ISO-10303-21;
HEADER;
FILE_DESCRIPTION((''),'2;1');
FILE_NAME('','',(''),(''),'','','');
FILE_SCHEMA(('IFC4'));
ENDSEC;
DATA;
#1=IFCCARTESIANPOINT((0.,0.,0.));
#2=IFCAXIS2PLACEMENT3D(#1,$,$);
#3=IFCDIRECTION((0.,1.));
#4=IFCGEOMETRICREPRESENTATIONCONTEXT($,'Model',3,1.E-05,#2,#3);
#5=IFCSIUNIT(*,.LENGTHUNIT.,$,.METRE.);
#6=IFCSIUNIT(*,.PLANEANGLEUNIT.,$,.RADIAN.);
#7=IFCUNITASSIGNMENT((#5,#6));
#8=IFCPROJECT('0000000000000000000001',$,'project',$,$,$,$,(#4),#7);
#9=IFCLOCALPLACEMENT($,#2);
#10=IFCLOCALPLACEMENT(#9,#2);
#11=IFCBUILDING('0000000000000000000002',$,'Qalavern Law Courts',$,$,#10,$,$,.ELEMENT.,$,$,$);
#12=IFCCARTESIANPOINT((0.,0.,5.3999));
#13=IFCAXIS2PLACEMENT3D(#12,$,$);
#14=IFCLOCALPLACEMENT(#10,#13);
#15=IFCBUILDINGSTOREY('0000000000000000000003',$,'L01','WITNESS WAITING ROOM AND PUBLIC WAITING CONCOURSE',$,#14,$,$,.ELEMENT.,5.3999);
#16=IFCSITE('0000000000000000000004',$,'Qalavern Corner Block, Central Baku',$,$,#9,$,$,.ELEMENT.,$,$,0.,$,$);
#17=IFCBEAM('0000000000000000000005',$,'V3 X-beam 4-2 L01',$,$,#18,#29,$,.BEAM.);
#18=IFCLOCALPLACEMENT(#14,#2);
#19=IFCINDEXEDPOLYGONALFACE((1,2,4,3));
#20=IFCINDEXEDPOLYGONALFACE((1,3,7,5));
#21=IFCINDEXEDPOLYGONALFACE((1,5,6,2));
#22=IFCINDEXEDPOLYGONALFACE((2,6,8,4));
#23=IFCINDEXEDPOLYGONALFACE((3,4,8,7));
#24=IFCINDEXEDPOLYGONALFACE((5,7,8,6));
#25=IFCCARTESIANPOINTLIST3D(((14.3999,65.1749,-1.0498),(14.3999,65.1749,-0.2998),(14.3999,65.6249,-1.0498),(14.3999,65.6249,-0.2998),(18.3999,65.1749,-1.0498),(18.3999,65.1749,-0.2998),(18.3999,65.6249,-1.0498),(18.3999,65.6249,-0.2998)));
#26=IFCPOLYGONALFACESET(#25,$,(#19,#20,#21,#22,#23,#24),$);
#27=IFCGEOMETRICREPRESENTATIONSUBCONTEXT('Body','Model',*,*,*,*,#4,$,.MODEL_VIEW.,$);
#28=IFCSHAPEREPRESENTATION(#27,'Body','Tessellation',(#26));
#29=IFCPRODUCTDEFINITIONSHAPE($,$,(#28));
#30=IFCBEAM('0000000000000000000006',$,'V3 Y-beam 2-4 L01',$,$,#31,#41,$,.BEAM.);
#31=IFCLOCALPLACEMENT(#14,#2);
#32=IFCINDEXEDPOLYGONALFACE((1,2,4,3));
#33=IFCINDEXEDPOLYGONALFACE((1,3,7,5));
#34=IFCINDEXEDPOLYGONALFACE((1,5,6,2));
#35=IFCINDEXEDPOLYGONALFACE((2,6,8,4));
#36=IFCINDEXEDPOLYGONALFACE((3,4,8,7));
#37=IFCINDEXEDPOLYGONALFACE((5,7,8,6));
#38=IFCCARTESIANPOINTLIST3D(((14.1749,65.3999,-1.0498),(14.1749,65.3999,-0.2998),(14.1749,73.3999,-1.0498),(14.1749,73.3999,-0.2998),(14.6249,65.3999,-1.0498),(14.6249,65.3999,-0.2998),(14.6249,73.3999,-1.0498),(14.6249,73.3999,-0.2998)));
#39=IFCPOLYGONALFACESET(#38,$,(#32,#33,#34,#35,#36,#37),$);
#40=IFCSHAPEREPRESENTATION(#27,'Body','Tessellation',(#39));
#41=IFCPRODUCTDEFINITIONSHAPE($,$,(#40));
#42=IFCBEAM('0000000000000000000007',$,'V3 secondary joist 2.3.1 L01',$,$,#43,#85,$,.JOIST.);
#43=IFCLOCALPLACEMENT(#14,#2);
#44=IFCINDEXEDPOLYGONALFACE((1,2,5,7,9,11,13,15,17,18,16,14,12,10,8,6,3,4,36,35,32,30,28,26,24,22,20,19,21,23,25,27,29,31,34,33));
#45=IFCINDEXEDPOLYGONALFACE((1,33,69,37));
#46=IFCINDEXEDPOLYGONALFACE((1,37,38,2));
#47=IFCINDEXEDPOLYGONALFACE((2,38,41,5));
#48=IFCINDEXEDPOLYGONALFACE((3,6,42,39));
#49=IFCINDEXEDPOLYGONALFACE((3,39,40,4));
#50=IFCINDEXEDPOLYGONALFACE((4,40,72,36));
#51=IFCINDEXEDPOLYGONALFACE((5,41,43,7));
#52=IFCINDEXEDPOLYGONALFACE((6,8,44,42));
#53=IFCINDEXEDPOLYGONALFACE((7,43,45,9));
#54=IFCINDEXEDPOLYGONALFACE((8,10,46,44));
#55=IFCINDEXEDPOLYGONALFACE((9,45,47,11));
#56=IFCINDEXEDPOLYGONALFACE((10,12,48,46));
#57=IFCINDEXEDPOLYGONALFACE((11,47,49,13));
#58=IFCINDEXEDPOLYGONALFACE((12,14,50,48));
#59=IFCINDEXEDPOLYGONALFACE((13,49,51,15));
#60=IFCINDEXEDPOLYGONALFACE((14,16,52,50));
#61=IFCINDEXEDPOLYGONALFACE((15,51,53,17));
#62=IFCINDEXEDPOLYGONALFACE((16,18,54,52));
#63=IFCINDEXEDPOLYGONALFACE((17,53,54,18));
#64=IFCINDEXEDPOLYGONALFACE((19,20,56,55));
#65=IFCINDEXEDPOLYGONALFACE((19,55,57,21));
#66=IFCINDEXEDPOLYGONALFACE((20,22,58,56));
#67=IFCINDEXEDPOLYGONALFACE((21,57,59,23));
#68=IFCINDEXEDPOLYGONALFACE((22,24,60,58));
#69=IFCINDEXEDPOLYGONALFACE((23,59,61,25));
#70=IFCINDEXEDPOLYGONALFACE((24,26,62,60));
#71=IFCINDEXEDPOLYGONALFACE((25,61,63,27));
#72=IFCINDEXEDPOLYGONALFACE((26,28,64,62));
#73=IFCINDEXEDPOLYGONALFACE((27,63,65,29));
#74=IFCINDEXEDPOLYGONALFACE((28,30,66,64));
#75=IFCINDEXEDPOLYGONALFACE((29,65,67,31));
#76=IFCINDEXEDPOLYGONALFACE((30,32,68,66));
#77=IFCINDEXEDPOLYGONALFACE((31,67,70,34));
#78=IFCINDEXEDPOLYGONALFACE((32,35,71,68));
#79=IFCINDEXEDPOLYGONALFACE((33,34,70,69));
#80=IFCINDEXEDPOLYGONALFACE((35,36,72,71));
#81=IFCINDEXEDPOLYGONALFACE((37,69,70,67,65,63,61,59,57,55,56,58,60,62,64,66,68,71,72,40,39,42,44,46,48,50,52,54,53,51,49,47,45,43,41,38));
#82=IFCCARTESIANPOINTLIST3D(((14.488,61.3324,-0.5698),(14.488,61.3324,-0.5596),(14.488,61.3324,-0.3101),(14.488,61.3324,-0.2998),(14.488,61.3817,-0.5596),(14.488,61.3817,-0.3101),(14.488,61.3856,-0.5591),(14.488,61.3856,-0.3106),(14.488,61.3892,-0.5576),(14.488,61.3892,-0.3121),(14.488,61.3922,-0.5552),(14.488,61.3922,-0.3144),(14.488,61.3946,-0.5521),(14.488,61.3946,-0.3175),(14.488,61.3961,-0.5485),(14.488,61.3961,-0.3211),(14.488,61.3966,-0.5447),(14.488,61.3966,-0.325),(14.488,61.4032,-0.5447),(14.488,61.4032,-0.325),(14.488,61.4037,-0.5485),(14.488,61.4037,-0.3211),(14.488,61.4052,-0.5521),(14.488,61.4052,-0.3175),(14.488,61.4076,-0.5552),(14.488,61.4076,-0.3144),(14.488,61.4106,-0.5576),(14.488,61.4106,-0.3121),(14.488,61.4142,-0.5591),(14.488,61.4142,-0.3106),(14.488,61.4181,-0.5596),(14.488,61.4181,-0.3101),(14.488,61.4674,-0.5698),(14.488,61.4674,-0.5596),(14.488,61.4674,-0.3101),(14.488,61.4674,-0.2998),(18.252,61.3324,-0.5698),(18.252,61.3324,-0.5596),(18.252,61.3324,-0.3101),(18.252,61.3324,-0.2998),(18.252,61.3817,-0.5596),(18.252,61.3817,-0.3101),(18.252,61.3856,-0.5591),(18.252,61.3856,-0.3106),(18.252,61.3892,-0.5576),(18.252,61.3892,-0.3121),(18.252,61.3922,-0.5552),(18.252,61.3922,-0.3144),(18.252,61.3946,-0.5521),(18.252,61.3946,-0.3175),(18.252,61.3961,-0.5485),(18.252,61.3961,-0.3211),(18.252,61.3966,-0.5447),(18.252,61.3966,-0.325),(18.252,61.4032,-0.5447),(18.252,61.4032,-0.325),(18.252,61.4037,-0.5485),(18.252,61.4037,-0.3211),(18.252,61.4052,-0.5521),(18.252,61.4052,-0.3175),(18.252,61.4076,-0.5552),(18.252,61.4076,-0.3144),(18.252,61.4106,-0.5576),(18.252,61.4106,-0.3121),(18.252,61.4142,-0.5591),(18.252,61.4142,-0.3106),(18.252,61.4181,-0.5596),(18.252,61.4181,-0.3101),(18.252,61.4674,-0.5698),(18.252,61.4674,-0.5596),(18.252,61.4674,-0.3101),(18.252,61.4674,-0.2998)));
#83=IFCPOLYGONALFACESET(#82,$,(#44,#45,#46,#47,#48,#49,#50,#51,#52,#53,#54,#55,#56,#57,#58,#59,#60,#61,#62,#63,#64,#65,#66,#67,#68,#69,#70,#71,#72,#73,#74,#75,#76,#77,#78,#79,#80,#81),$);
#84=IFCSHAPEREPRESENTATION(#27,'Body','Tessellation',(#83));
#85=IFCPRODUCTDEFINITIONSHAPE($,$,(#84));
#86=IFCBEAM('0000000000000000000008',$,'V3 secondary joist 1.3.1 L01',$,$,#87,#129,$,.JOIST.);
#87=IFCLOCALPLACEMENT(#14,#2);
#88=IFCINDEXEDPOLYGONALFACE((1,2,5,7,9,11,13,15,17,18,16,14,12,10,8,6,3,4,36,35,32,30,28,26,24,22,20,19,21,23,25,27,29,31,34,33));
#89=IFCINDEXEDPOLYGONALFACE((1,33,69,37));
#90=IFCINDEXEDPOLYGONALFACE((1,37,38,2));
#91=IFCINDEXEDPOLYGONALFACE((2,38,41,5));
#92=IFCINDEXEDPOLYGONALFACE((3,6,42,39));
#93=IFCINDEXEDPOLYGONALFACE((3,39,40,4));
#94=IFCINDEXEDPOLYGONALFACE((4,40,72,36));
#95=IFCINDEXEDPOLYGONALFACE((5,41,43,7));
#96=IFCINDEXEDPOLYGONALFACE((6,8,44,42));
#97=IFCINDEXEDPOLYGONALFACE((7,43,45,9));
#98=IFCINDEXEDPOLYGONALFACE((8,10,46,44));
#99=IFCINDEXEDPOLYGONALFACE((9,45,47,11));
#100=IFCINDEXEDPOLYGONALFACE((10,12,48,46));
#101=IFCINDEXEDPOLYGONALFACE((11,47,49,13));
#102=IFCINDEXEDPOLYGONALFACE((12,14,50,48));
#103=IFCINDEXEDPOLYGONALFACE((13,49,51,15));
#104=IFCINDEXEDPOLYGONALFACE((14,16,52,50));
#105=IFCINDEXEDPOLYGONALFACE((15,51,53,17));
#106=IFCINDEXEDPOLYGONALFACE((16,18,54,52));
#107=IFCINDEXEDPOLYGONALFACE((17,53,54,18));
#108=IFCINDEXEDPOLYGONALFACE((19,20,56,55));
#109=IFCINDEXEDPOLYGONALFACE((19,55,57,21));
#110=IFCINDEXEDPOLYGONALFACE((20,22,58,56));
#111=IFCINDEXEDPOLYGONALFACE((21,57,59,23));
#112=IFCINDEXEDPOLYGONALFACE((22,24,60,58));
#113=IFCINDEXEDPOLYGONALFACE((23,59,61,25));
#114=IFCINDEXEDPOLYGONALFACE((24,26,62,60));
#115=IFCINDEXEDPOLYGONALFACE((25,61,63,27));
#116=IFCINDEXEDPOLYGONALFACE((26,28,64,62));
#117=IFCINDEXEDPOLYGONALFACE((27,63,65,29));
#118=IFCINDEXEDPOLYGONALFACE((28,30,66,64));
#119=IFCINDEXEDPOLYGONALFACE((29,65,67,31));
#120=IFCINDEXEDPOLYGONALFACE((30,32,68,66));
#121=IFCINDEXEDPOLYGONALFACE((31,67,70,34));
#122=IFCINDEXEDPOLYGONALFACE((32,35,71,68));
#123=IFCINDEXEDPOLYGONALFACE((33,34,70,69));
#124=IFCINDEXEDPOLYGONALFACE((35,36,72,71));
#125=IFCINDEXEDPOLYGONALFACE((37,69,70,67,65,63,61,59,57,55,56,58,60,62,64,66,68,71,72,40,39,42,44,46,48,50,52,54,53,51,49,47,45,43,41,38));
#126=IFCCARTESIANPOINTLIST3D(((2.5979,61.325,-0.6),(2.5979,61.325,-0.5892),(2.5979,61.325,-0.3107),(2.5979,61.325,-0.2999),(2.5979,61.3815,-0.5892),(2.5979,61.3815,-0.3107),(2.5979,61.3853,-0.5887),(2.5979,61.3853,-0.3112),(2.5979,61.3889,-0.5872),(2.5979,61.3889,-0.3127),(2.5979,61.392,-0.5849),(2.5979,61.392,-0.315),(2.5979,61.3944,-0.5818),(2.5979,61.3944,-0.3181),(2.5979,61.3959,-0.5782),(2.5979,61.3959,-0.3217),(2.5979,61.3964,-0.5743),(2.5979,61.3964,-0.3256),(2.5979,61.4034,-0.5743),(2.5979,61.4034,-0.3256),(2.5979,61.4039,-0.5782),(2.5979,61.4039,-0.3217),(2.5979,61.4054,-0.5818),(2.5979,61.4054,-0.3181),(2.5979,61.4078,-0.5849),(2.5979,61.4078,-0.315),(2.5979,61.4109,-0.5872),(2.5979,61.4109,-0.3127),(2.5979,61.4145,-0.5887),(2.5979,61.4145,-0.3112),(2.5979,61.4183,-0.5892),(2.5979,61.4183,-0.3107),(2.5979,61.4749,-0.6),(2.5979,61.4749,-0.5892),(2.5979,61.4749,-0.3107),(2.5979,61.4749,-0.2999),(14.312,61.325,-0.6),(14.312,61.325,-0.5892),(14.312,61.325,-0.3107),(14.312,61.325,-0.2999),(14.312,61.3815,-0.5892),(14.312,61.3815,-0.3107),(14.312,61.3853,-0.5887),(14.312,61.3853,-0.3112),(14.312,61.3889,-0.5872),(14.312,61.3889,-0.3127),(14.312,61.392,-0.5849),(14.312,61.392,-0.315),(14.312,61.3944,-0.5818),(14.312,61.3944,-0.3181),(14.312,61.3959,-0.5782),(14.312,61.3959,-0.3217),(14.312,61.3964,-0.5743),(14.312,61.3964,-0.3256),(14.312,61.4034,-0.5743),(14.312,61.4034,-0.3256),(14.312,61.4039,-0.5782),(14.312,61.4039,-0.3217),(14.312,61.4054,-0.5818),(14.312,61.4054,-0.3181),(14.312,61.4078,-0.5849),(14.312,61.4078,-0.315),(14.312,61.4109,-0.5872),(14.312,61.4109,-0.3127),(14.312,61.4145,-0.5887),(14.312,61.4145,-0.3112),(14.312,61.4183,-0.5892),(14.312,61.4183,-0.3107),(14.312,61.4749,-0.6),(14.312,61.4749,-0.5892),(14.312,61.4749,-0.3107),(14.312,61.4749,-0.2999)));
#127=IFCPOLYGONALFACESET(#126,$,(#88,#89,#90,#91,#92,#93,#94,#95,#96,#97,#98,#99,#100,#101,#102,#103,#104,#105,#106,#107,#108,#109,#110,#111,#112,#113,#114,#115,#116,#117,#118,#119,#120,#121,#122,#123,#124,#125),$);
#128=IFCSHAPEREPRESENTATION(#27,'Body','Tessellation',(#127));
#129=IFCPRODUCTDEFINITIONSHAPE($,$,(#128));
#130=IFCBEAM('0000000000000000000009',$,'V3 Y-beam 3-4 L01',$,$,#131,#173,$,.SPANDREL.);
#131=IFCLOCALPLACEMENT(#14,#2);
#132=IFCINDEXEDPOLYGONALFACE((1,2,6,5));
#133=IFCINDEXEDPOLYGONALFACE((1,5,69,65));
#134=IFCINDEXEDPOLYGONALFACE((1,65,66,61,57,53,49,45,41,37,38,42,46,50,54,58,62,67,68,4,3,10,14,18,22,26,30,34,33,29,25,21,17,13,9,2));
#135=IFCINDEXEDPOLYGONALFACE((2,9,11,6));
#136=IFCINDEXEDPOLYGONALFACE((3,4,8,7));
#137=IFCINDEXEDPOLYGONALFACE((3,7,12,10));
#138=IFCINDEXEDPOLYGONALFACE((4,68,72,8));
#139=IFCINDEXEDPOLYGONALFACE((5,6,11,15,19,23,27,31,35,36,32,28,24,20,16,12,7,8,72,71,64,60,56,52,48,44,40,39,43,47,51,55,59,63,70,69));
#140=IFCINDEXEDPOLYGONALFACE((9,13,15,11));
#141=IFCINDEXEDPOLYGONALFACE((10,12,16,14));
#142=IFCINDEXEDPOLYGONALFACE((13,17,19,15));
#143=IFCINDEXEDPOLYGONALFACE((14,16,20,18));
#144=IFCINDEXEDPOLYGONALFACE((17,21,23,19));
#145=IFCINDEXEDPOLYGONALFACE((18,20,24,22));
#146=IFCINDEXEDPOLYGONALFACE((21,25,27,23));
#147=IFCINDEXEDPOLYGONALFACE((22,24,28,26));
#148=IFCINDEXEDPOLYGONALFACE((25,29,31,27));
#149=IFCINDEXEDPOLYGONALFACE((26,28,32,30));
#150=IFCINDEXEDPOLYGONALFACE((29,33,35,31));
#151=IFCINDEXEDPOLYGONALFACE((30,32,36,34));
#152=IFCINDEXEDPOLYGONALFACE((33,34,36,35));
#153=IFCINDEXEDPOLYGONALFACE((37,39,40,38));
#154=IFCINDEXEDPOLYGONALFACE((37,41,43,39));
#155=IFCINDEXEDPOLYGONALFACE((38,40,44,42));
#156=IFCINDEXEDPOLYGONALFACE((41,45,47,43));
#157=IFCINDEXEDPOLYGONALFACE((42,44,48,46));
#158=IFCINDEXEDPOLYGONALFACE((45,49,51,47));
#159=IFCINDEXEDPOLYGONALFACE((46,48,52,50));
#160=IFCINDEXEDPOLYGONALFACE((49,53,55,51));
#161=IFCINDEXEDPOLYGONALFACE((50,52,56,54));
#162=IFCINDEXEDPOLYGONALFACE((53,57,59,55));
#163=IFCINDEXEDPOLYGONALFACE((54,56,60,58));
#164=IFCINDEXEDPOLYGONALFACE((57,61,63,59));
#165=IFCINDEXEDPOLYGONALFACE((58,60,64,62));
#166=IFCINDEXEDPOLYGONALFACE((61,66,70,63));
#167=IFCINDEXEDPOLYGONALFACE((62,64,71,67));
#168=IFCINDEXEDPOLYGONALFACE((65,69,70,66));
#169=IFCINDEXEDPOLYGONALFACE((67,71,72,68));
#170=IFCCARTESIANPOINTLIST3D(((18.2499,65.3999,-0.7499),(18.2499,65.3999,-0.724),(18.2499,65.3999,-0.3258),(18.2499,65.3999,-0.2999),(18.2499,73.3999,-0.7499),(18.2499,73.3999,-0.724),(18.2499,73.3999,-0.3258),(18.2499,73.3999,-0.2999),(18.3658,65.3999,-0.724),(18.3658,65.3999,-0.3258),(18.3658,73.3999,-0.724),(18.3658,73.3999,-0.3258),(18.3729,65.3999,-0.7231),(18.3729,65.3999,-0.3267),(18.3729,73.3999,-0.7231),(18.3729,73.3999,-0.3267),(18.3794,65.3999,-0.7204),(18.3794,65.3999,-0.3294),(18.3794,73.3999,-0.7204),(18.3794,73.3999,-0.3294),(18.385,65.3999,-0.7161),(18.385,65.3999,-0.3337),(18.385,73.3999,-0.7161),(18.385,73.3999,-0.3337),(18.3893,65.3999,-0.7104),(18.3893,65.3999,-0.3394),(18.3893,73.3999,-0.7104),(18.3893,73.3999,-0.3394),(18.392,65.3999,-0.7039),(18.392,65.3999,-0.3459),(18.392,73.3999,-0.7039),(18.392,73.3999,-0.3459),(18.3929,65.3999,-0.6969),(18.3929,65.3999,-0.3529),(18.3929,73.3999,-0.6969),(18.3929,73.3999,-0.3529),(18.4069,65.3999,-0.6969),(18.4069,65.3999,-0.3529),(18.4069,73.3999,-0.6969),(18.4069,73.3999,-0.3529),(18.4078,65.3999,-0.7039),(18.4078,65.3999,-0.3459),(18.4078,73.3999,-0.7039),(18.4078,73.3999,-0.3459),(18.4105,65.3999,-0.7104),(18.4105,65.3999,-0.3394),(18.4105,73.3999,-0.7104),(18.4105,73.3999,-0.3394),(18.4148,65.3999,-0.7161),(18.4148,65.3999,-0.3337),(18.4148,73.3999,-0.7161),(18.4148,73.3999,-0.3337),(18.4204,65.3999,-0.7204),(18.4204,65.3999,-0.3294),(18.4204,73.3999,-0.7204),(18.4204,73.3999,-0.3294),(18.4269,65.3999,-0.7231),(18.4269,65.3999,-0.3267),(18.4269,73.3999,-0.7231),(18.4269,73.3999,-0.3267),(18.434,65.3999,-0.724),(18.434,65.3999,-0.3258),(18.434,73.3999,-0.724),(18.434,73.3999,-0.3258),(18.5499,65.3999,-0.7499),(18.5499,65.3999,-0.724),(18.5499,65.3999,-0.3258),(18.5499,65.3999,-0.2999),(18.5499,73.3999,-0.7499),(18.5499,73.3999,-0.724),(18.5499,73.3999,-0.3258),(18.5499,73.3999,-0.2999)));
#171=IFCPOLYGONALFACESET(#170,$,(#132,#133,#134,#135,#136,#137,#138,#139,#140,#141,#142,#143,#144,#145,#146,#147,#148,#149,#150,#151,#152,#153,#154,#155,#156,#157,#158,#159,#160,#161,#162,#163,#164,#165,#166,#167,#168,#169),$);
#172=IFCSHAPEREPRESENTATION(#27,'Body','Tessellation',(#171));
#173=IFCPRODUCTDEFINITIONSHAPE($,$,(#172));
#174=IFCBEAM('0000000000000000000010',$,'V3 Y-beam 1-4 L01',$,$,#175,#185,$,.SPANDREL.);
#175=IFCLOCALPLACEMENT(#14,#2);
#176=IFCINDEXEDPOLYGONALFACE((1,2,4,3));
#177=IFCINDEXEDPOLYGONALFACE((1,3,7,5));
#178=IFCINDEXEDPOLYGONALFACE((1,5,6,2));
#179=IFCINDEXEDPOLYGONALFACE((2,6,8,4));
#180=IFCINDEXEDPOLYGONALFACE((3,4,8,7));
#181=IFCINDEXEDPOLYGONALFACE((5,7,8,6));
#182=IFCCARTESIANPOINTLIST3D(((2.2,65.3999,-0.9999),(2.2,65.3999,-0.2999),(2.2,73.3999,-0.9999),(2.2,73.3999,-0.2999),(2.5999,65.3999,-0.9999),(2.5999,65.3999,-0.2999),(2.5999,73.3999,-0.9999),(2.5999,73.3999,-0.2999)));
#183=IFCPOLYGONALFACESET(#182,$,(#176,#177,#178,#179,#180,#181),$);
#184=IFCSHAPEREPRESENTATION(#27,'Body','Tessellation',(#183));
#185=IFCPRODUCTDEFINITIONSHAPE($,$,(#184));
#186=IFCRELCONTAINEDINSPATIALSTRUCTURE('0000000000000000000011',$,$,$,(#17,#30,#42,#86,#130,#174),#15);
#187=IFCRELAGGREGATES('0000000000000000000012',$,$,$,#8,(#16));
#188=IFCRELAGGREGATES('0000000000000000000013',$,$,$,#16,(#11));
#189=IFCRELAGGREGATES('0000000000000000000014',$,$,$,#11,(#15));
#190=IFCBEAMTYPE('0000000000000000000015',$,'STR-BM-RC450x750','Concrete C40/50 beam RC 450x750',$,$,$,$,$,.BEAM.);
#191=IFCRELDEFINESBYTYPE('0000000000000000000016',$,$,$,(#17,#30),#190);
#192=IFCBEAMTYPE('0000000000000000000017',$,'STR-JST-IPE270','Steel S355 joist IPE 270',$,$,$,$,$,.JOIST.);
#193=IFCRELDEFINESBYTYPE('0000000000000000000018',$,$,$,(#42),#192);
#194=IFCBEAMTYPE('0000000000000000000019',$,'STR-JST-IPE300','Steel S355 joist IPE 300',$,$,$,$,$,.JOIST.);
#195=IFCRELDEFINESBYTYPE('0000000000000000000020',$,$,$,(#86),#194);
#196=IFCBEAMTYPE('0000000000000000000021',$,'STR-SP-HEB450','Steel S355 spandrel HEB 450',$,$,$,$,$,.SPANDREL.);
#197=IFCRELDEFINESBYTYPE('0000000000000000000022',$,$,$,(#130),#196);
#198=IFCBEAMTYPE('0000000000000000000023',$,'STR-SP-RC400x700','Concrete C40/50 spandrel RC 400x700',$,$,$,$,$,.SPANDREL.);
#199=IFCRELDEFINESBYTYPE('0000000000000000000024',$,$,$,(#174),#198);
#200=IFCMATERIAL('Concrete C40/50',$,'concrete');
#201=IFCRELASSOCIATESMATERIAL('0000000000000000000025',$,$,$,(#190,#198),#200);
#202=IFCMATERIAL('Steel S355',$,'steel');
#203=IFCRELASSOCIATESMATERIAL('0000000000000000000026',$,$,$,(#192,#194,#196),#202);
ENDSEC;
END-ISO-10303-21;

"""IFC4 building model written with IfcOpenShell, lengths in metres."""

from ifc_helpers import new_model, si_unit, direction, frame, origin, origin_2d, place, context, subcontext, project, spatial, rectangle, i_section, extrude, material, material_profile, profile_set, type_object, element, save


model = new_model("IFC4")

# Units and contexts
model_context = context("Model", 3, precision=1e-05, world=origin(), true_north=direction((0.0, 1.0)))
body_context = subcontext(model_context, "Body", "Model", "MODEL_VIEW")
ifc_project = project(units=[si_unit("LENGTHUNIT", "METRE"), si_unit("PLANEANGLEUNIT", "RADIAN")], contexts=[model_context])

# Site, building, storey
site_placement = place(None, origin())
site = spatial("IfcSite", under=ifc_project, at=site_placement, Name="Qalavern Corner Block, Central Baku", CompositionType="ELEMENT", RefElevation=0.0)
building_placement = place(site_placement, origin())
building = spatial("IfcBuilding", under=site, at=building_placement, Name="Qalavern Law Courts", CompositionType="ELEMENT")
storey_placement = place(building_placement, frame((0.0, 0.0, 5.3999)))
storey = spatial("IfcBuildingStorey", under=building, at=storey_placement, Name="L01", Description="WITNESS WAITING ROOM AND PUBLIC WAITING CONCOURSE", CompositionType="ELEMENT", Elevation=5.3999)

# Beams
ifc_material_1 = material(Name="Steel S355", Category="steel")
ifc_material_2 = material(Name="Concrete C40/50", Category="concrete")
ifc_material_profile_1 = material_profile(ifc_material_2, rectangle(XDim=0.45, YDim=0.75, at=origin_2d()), Name="RC 450x750")
ifc_profile_set_1 = profile_set([ifc_material_profile_1], Name="Concrete C40/50")
beam_type_1 = type_object("IfcBeamType", Name="STR-BM-RC450x750", Description="Concrete C40/50 beam RC 450x750", PredefinedType="BEAM", material=ifc_profile_set_1)
beam_1_placement = place(storey_placement, frame((14.3999, 65.3999, -0.6748), z_axis=(1.0, 0.0, 0.0), x_axis=(0.0, 1.0, 0.0)))
element("IfcBeam", 1, at=beam_1_placement, inside=storey, type_object=beam_type_1, Name="V3 X-beam 4-2 L01", PredefinedType="BEAM", context=body_context, shape_type="SweptSolid", body=[
    extrude(rectangle(XDim=0.45, YDim=0.75, at=origin_2d()), origin(), (0.0, 0.0, 1.0), 4.0),
])
beam_2_placement = place(storey_placement, frame((14.3999, 65.3999, -0.6748), z_axis=(0.0, 1.0, 0.0), x_axis=(-1.0, 0.0, 0.0)))
element("IfcBeam", 2, at=beam_2_placement, inside=storey, type_object=beam_type_1, Name="V3 Y-beam 2-4 L01", PredefinedType="BEAM", context=body_context, shape_type="SweptSolid", body=[
    extrude(rectangle(XDim=0.45, YDim=0.75, at=origin_2d()), origin(), (0.0, 0.0, 1.0), 8.0),
])
ifc_material_profile_2 = material_profile(ifc_material_1, i_section(OverallWidth=0.135, OverallDepth=0.27, WebThickness=0.0066, FlangeThickness=0.0103, FilletRadius=0.0149, at=origin_2d()), Name="IPE 270")
ifc_profile_set_2 = profile_set([ifc_material_profile_2], Name="Steel S355")
beam_type_2 = type_object("IfcBeamType", Name="STR-JST-IPE270", Description="Steel S355 joist IPE 270", PredefinedType="JOIST", material=ifc_profile_set_2)
beam_3_placement = place(storey_placement, frame((14.488, 61.3999, -0.4348), z_axis=(1.0, 0.0, 0.0), x_axis=(0.0, 1.0, 0.0)))
element("IfcBeam", 3, at=beam_3_placement, inside=storey, type_object=beam_type_2, Name="V3 secondary joist 2.3.1 L01", PredefinedType="JOIST", context=body_context, shape_type="SweptSolid", body=[
    extrude(i_section(OverallWidth=0.135, OverallDepth=0.27, WebThickness=0.0066, FlangeThickness=0.0103, FilletRadius=0.0149, at=origin_2d()), origin(), (0.0, 0.0, 1.0), 3.7639),
])
ifc_material_profile_3 = material_profile(ifc_material_1, i_section(OverallWidth=0.1499, OverallDepth=0.3, WebThickness=0.0071, FlangeThickness=0.0107, FilletRadius=0.0149, at=origin_2d()), Name="IPE 300")
ifc_profile_set_3 = profile_set([ifc_material_profile_3], Name="Steel S355")
beam_type_3 = type_object("IfcBeamType", Name="STR-JST-IPE300", Description="Steel S355 joist IPE 300", PredefinedType="JOIST", material=ifc_profile_set_3)
beam_4_placement = place(storey_placement, frame((2.5979, 61.3999, -0.45), z_axis=(1.0, 0.0, 0.0), x_axis=(0.0, 1.0, 0.0)))
element("IfcBeam", 4, at=beam_4_placement, inside=storey, type_object=beam_type_3, Name="V3 secondary joist 1.3.1 L01", PredefinedType="JOIST", context=body_context, shape_type="SweptSolid", body=[
    extrude(i_section(OverallWidth=0.1499, OverallDepth=0.3, WebThickness=0.0071, FlangeThickness=0.0107, FilletRadius=0.0149, at=origin_2d()), origin(), (0.0, 0.0, 1.0), 11.7141),
])
ifc_material_profile_4 = material_profile(ifc_material_1, i_section(OverallWidth=0.3, OverallDepth=0.45, WebThickness=0.0139, FlangeThickness=0.0259, FilletRadius=0.0271, at=origin_2d()), Name="HEB 450")
ifc_profile_set_4 = profile_set([ifc_material_profile_4], Name="Steel S355")
beam_type_4 = type_object("IfcBeamType", Name="STR-SP-HEB450", Description="Steel S355 spandrel HEB 450", PredefinedType="SPANDREL", material=ifc_profile_set_4)
beam_5_placement = place(storey_placement, frame((18.3999, 65.3999, -0.5249), z_axis=(0.0, 1.0, 0.0), x_axis=(-1.0, 0.0, 0.0)))
element("IfcBeam", 5, at=beam_5_placement, inside=storey, type_object=beam_type_4, Name="V3 Y-beam 3-4 L01", PredefinedType="SPANDREL", context=body_context, shape_type="SweptSolid", body=[
    extrude(i_section(OverallWidth=0.3, OverallDepth=0.45, WebThickness=0.0139, FlangeThickness=0.0259, FilletRadius=0.0271, at=origin_2d()), origin(), (0.0, 0.0, 1.0), 8.0),
])
ifc_material_profile_5 = material_profile(ifc_material_2, rectangle(XDim=0.3999, YDim=0.7, at=origin_2d()), Name="RC 400x700")
ifc_profile_set_5 = profile_set([ifc_material_profile_5], Name="Concrete C40/50")
beam_type_5 = type_object("IfcBeamType", Name="STR-SP-RC400x700", Description="Concrete C40/50 spandrel RC 400x700", PredefinedType="SPANDREL", material=ifc_profile_set_5)
beam_6_placement = place(storey_placement, frame((2.3999, 65.3999, -0.6499), z_axis=(0.0, 1.0, 0.0), x_axis=(-1.0, 0.0, 0.0)))
element("IfcBeam", 6, at=beam_6_placement, inside=storey, type_object=beam_type_5, Name="V3 Y-beam 1-4 L01", PredefinedType="SPANDREL", context=body_context, shape_type="SweptSolid", body=[
    extrude(rectangle(XDim=0.3999, YDim=0.7, at=origin_2d()), origin(), (0.0, 0.0, 1.0), 8.0),
])

save(model, "model.ifc")
